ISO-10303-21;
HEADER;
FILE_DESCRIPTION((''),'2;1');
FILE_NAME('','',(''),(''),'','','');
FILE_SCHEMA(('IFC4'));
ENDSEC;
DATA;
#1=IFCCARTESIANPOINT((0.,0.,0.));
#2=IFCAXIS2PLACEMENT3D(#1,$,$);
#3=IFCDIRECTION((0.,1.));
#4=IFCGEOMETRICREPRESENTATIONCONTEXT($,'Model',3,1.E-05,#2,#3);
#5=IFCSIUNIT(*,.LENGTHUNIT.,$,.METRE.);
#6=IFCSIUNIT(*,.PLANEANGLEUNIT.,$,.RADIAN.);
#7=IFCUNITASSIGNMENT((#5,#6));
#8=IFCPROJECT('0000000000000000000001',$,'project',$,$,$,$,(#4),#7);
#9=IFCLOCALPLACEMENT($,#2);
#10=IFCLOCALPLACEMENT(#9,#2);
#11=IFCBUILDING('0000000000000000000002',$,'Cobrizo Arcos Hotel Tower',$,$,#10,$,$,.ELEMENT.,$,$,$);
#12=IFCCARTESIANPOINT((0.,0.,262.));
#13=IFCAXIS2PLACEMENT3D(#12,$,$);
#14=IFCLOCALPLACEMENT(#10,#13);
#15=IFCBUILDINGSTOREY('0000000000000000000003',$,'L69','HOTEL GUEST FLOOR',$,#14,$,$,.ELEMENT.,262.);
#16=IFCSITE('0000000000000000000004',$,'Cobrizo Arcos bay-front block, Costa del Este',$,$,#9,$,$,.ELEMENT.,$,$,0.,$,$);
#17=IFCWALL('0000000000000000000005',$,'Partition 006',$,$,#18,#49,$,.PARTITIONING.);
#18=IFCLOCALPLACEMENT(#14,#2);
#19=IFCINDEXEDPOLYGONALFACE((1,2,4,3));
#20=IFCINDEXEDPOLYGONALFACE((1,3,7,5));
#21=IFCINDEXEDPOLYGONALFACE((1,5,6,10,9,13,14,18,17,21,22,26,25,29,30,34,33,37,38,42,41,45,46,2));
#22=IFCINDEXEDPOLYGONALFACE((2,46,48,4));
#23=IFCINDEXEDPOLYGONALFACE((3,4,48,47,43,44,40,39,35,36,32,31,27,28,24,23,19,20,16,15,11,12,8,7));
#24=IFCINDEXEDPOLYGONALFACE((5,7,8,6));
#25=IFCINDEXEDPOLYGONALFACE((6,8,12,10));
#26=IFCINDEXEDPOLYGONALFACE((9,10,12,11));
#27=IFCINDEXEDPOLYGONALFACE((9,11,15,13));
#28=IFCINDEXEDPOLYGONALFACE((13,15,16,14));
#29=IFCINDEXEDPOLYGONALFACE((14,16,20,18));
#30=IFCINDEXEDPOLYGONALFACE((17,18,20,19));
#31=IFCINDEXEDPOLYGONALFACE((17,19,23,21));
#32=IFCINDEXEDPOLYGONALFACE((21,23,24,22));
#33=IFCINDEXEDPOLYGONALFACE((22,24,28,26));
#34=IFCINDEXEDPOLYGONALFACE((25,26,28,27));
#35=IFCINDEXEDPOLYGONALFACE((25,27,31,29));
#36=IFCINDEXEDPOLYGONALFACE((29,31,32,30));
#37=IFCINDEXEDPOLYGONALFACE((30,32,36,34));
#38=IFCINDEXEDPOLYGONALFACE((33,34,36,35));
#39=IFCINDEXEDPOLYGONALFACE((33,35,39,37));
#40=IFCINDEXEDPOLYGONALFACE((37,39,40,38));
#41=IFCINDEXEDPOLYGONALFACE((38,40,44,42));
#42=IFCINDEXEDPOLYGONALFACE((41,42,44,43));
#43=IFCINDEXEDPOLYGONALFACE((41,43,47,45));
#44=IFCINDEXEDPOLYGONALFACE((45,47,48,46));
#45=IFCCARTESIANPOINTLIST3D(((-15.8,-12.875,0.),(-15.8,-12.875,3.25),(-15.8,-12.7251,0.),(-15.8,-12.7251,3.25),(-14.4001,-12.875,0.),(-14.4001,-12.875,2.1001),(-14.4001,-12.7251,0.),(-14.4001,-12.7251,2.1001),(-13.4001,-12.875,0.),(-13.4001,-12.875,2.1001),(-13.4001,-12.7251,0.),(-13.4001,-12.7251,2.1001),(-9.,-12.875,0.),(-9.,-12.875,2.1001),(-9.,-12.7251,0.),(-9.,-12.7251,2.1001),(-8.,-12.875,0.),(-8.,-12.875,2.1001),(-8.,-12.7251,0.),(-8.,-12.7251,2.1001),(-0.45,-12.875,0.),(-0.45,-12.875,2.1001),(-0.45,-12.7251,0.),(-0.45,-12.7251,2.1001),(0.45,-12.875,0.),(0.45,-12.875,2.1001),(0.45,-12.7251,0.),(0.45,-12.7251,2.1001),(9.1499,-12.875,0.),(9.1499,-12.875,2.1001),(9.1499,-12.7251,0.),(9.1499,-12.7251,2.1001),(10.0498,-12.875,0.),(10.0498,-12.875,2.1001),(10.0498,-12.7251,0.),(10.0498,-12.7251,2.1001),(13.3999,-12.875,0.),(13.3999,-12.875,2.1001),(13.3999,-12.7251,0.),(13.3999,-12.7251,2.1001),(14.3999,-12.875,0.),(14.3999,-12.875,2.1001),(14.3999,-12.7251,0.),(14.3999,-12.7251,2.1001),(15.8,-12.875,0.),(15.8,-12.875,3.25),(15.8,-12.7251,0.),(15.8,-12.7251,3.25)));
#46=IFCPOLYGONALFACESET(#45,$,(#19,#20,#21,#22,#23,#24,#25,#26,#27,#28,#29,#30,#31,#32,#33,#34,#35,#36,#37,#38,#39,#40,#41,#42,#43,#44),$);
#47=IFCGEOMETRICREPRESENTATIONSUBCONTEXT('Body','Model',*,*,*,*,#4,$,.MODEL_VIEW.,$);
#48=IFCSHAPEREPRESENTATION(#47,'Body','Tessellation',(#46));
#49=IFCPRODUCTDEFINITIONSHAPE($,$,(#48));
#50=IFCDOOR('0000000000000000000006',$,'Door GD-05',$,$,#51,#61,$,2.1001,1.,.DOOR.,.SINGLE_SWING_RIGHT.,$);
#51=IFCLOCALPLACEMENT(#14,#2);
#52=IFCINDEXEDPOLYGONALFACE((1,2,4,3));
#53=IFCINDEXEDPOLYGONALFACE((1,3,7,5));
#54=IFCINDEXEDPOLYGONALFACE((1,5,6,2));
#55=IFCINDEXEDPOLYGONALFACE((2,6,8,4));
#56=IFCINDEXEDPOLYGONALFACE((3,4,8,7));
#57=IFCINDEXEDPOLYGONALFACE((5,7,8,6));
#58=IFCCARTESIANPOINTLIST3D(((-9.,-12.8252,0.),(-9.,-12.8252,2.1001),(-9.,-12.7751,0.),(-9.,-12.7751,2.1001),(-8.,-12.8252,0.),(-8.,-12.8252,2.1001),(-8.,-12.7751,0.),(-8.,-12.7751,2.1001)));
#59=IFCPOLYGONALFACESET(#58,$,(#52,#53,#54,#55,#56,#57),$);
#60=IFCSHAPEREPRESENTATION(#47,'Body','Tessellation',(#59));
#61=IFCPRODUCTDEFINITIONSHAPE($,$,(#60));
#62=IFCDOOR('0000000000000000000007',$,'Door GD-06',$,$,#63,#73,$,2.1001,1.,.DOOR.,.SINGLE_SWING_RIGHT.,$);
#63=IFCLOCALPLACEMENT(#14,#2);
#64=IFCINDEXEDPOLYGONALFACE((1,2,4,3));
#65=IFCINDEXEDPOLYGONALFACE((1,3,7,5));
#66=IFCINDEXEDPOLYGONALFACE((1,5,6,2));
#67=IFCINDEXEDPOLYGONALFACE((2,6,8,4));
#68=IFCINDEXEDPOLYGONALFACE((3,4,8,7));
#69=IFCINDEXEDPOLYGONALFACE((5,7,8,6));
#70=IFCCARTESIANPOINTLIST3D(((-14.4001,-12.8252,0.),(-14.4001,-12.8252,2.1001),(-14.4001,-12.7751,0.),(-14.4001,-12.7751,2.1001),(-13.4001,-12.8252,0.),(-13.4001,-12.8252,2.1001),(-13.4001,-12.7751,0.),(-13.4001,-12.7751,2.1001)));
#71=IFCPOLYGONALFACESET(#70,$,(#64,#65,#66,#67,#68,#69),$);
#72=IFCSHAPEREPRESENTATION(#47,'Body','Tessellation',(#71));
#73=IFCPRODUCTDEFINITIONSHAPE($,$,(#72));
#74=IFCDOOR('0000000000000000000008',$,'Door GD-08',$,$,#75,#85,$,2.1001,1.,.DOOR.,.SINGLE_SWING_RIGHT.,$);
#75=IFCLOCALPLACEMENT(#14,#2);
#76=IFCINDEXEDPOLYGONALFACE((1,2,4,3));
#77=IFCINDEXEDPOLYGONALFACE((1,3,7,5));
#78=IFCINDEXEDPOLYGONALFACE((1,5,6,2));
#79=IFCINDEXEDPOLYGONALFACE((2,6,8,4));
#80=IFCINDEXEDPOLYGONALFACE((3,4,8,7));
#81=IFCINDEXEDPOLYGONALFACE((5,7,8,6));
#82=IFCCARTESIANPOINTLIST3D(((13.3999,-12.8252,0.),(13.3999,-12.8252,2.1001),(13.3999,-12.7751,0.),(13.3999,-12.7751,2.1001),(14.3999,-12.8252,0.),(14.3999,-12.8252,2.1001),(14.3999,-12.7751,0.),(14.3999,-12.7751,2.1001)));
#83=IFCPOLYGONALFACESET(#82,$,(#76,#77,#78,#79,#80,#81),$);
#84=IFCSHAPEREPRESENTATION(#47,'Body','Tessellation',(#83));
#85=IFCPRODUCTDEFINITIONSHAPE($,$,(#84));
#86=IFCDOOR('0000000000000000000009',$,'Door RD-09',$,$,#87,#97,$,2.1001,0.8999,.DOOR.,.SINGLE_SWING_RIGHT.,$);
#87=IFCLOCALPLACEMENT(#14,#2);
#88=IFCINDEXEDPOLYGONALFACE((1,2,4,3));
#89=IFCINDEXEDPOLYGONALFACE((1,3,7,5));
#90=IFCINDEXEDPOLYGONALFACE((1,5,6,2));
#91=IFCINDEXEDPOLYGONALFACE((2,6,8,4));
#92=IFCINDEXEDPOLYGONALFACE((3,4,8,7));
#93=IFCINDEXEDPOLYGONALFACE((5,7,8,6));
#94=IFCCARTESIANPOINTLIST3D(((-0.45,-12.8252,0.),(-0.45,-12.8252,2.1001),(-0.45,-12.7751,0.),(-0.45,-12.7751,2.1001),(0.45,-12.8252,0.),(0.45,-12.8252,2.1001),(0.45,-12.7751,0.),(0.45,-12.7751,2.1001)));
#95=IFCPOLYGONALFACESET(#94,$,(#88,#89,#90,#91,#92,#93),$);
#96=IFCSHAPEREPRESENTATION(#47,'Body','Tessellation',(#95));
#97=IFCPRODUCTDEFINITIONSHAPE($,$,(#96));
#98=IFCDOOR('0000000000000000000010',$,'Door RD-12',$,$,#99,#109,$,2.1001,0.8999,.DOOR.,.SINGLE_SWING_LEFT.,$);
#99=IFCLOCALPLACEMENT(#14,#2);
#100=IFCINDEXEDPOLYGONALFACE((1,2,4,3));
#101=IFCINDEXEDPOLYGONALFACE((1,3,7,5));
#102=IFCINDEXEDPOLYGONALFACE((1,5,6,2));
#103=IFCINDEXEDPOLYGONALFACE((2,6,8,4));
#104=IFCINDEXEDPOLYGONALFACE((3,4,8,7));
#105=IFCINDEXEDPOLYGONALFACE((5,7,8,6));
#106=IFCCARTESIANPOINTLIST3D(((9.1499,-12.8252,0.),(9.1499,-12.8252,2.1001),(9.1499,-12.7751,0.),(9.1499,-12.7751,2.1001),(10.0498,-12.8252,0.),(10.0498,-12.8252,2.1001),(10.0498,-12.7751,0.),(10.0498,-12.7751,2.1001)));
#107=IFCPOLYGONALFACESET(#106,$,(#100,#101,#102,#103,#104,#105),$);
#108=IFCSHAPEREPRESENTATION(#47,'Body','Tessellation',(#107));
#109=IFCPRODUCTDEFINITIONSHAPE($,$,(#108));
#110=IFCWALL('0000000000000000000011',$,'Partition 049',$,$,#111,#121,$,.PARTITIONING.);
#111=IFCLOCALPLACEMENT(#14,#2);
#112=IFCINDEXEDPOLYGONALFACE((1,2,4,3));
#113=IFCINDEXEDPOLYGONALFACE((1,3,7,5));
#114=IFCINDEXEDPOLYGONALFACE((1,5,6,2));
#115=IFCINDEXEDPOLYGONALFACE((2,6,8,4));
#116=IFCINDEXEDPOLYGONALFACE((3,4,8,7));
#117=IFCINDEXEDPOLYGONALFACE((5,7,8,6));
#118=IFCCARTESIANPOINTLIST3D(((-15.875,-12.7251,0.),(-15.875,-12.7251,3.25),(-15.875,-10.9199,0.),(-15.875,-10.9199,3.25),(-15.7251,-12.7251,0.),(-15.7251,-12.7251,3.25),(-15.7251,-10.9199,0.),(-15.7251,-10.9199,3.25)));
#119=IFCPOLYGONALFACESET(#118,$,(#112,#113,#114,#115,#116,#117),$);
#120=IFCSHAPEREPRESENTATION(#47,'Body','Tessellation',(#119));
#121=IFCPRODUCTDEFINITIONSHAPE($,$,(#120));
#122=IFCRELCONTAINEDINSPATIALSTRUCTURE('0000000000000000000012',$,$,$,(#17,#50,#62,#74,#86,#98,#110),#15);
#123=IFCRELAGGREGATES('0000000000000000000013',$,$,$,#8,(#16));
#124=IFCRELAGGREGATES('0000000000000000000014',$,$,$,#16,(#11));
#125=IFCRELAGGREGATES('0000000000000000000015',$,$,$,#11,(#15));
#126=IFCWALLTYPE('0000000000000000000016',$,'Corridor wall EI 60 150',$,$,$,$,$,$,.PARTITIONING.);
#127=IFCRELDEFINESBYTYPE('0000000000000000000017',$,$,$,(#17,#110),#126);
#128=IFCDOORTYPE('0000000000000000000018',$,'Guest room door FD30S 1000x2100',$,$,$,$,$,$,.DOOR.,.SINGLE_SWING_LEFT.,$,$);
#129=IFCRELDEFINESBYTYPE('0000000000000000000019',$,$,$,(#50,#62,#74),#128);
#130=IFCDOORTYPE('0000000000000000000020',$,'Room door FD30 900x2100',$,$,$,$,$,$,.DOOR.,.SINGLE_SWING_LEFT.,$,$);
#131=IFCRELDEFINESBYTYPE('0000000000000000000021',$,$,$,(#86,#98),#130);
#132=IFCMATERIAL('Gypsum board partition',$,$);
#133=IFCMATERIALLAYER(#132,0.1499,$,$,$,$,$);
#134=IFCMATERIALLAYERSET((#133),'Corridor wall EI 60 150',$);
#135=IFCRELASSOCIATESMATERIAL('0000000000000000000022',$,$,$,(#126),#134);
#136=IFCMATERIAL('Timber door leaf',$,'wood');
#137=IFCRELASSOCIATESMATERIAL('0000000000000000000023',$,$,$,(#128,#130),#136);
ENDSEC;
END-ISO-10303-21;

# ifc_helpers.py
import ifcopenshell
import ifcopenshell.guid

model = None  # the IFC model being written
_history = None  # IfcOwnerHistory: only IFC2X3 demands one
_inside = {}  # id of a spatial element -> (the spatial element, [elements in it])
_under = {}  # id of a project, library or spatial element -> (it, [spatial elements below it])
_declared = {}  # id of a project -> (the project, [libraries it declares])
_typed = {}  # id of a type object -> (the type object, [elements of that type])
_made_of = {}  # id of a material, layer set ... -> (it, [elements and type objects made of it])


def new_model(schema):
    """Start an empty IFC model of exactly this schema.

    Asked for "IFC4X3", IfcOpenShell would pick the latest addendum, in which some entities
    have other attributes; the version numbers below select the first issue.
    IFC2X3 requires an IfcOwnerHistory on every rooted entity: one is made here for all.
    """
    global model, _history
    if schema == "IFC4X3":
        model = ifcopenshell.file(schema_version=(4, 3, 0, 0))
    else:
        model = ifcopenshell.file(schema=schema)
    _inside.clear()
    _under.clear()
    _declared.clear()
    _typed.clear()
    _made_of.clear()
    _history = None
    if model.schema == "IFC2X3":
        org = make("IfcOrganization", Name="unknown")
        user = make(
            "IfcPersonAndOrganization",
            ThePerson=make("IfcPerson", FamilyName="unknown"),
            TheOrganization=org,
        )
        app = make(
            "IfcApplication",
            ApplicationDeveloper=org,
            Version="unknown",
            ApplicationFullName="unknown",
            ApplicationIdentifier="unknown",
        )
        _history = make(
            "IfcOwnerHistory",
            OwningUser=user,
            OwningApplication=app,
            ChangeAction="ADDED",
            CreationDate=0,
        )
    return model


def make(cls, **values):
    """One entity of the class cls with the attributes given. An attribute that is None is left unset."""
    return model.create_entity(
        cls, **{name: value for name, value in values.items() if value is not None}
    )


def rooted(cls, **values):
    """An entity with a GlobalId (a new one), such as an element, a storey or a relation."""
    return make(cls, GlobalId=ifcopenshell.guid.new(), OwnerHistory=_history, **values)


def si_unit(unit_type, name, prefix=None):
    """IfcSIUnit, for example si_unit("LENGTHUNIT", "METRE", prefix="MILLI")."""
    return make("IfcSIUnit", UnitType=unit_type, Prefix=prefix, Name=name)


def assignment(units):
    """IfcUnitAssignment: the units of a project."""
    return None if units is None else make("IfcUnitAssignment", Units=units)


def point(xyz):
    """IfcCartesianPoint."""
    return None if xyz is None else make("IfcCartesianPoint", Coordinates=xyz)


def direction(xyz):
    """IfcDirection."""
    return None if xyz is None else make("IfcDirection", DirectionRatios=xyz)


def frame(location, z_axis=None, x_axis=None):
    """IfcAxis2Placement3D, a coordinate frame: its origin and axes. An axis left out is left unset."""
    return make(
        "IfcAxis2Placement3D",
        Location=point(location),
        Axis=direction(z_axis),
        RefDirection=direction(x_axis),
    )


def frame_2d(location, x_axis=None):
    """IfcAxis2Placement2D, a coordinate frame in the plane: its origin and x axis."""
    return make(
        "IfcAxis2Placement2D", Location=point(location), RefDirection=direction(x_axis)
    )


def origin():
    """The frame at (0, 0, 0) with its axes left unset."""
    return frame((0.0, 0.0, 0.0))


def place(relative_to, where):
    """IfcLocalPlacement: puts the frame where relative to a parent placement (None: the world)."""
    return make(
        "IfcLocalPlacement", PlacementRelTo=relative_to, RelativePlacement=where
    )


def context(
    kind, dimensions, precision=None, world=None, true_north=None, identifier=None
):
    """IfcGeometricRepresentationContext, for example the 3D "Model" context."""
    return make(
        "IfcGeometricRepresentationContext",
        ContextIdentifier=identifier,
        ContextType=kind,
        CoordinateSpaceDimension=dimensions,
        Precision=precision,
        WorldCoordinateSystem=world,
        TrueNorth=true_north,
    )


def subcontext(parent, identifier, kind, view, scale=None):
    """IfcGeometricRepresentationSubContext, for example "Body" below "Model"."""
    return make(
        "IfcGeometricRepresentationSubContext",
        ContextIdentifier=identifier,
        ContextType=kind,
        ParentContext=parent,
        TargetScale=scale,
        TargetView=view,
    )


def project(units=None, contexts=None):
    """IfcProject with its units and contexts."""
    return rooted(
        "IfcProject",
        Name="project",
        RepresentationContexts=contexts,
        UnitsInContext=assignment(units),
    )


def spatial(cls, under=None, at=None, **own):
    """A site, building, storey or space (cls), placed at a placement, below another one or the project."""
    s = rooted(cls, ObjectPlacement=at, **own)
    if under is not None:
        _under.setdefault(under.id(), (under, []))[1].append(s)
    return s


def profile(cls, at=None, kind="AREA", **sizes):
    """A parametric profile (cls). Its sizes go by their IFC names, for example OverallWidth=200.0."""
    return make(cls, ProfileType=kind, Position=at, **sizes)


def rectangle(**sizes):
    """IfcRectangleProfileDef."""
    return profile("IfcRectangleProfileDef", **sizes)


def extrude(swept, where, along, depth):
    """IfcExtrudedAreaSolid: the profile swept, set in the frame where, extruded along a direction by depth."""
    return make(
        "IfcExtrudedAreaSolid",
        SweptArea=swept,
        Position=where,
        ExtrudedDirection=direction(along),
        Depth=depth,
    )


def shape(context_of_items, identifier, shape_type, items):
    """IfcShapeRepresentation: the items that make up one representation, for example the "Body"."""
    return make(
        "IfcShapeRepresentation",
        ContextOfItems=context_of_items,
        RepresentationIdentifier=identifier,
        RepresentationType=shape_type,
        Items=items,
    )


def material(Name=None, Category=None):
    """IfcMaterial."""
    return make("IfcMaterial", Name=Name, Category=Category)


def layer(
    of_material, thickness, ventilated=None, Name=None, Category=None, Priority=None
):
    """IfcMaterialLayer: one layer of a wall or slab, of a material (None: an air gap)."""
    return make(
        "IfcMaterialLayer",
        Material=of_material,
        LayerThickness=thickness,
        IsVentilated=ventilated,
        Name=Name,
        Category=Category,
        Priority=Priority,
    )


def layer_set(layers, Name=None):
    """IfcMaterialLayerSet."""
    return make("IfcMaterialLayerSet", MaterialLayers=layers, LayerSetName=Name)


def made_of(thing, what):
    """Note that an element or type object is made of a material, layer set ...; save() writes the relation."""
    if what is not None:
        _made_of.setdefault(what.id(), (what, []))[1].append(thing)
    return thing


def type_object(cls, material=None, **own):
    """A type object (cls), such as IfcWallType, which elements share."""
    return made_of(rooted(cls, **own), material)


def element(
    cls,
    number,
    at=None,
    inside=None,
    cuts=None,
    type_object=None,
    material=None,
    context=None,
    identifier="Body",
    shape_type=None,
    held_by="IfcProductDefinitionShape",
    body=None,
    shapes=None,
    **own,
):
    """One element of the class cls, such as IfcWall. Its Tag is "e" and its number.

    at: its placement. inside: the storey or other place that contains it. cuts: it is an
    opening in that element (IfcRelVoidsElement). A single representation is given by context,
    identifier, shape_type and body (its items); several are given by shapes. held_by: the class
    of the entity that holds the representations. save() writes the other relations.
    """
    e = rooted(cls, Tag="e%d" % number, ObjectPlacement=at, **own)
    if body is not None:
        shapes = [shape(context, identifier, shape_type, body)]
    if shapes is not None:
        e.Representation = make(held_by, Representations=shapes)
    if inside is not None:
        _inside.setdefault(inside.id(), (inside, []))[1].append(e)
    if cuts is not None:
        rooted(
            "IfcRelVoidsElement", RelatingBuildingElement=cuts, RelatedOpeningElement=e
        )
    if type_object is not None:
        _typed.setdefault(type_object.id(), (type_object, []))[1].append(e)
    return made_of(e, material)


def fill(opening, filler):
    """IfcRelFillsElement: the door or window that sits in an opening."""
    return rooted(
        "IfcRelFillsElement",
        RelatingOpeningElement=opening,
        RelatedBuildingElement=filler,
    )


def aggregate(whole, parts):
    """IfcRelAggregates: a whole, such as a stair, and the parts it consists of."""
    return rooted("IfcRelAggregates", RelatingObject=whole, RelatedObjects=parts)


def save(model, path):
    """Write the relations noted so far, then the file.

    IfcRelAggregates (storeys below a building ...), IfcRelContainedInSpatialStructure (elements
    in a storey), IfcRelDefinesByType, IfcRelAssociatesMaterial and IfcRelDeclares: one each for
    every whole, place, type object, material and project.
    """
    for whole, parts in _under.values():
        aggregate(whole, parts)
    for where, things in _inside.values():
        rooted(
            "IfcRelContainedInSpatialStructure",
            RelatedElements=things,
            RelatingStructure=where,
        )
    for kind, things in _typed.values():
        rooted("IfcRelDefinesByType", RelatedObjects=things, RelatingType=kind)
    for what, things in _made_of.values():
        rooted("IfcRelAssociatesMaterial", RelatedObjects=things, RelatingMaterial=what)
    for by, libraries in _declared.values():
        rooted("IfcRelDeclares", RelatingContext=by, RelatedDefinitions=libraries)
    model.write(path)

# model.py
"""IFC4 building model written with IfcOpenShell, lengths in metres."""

from ifc_helpers import new_model, si_unit, direction, frame, frame_2d, origin, place, context, subcontext, project, spatial, rectangle, extrude, material, layer, layer_set, type_object, element, fill, save


model = new_model("IFC4")

# Units and contexts
model_context = context("Model", 3, precision=1e-05, world=origin(), true_north=direction((0.0, 1.0)))
body_context = subcontext(model_context, "Body", "Model", "MODEL_VIEW")
ifc_project = project(units=[si_unit("LENGTHUNIT", "METRE"), si_unit("PLANEANGLEUNIT", "RADIAN")], contexts=[model_context])

# Site, building, storey
site_placement = place(None, origin())
site = spatial("IfcSite", under=ifc_project, at=site_placement, Name="Cobrizo Arcos bay-front block, Costa del Este", CompositionType="ELEMENT", RefElevation=0.0)
building_placement = place(site_placement, origin())
building = spatial("IfcBuilding", under=site, at=building_placement, Name="Cobrizo Arcos Hotel Tower", CompositionType="ELEMENT")
storey_placement = place(building_placement, frame((0.0, 0.0, 262.0)))
storey = spatial("IfcBuildingStorey", under=building, at=storey_placement, Name="L69", Description="HOTEL GUEST FLOOR", CompositionType="ELEMENT", Elevation=262.0)

# Wall, openings, doors
ifc_material_1 = material(Name="Gypsum board partition")
ifc_layer_1 = layer(ifc_material_1, 0.1499)
ifc_layer_set_1 = layer_set([ifc_layer_1], Name="Corridor wall EI 60 150")
wall_type_1 = type_object("IfcWallType", Name="Corridor wall EI 60 150", PredefinedType="PARTITIONING", material=ifc_layer_set_1)
wall_1_placement = place(storey_placement, frame((-15.8, -12.8, 0.0), z_axis=(0.0, 0.0, 1.0), x_axis=(1.0, 0.0, 0.0)))
wall_1 = element("IfcWall", 1, at=wall_1_placement, inside=storey, type_object=wall_type_1, Name="Partition 006", PredefinedType="PARTITIONING", context=body_context, shape_type="SweptSolid", body=[
    extrude(rectangle(XDim=31.6001, YDim=0.1499, at=frame_2d((15.8, 0.0))), origin(), (0.0, 0.0, 1.0), 3.25),
])
opening_1_placement = place(wall_1_placement, frame((6.8, 0.0, 0.0)))
opening_1 = element("IfcOpeningElement", 2, at=opening_1_placement, cuts=wall_1, PredefinedType="OPENING", context=body_context, shape_type="SweptSolid", body=[
    extrude(rectangle(XDim=1.0, YDim=2.1001, at=frame_2d((0.5, 1.05))), frame((0.0, 0.0869, 0.0), z_axis=(0.0, -1.0, 0.0), x_axis=(1.0, 0.0, 0.0)), (0.0, 0.0, 1.0), 0.1738),
])
opening_2_placement = place(wall_1_placement, frame((15.3501, 0.0, 0.0)))
opening_2 = element("IfcOpeningElement", 3, at=opening_2_placement, cuts=wall_1, PredefinedType="OPENING", context=body_context, shape_type="SweptSolid", body=[
    extrude(rectangle(XDim=0.8999, YDim=2.1001, at=frame_2d((0.45, 1.05))), frame((0.0, 0.0869, 0.0), z_axis=(0.0, -1.0, 0.0), x_axis=(1.0, 0.0, 0.0)), (0.0, 0.0, 1.0), 0.1738),
])
opening_3_placement = place(wall_1_placement, frame((24.95, 0.0, 0.0)))
opening_3 = element("IfcOpeningElement", 4, at=opening_3_placement, cuts=wall_1, PredefinedType="OPENING", context=body_context, shape_type="SweptSolid", body=[
    extrude(rectangle(XDim=0.8999, YDim=2.1001, at=frame_2d((0.45, 1.05))), frame((0.0, 0.0869, 0.0), z_axis=(0.0, -1.0, 0.0), x_axis=(1.0, 0.0, 0.0)), (0.0, 0.0, 1.0), 0.1738),
])
opening_4_placement = place(wall_1_placement, frame((1.3999, 0.0, 0.0)))
opening_4 = element("IfcOpeningElement", 5, at=opening_4_placement, cuts=wall_1, PredefinedType="OPENING", context=body_context, shape_type="SweptSolid", body=[
    extrude(rectangle(XDim=1.0, YDim=2.1001, at=frame_2d((0.5, 1.05))), frame((0.0, 0.0869, 0.0), z_axis=(0.0, -1.0, 0.0), x_axis=(1.0, 0.0, 0.0)), (0.0, 0.0, 1.0), 0.1738),
])
opening_5_placement = place(wall_1_placement, frame((29.2, 0.0, 0.0)))
opening_5 = element("IfcOpeningElement", 6, at=opening_5_placement, cuts=wall_1, PredefinedType="OPENING", context=body_context, shape_type="SweptSolid", body=[
    extrude(rectangle(XDim=1.0, YDim=2.1001, at=frame_2d((0.5, 1.05))), frame((0.0, 0.0869, 0.0), z_axis=(0.0, -1.0, 0.0), x_axis=(1.0, 0.0, 0.0)), (0.0, 0.0, 1.0), 0.1738),
])
ifc_material_2 = material(Name="Timber door leaf", Category="wood")
door_type_1 = type_object("IfcDoorType", Name="Guest room door FD30S 1000x2100", OperationType="SINGLE_SWING_LEFT", PredefinedType="DOOR", material=ifc_material_2)
door_1_placement = place(opening_1_placement, origin())
door_1 = element("IfcDoor", 7, at=door_1_placement, inside=storey, type_object=door_type_1, Name="Door GD-05", OperationType="SINGLE_SWING_RIGHT", OverallHeight=2.1001, OverallWidth=1.0, PredefinedType="DOOR", context=body_context, shape_type="SweptSolid", body=[
    extrude(rectangle(XDim=1.0, YDim=2.1001, at=frame_2d((0.5, 1.05))), frame((0.0, 0.0249, 0.0), z_axis=(0.0, -1.0, 0.0), x_axis=(1.0, 0.0, 0.0)), (0.0, 0.0, 1.0), 0.05),
])
fill(opening_1, door_1)
door_2_placement = place(opening_4_placement, origin())
door_2 = element("IfcDoor", 8, at=door_2_placement, inside=storey, type_object=door_type_1, Name="Door GD-06", OperationType="SINGLE_SWING_RIGHT", OverallHeight=2.1001, OverallWidth=1.0, PredefinedType="DOOR", context=body_context, shape_type="SweptSolid", body=[
    extrude(rectangle(XDim=1.0, YDim=2.1001, at=frame_2d((0.5, 1.05))), frame((0.0, 0.0249, 0.0), z_axis=(0.0, -1.0, 0.0), x_axis=(1.0, 0.0, 0.0)), (0.0, 0.0, 1.0), 0.05),
])
fill(opening_4, door_2)
door_3_placement = place(opening_5_placement, origin())
door_3 = element("IfcDoor", 9, at=door_3_placement, inside=storey, type_object=door_type_1, Name="Door GD-08", OperationType="SINGLE_SWING_RIGHT", OverallHeight=2.1001, OverallWidth=1.0, PredefinedType="DOOR", context=body_context, shape_type="SweptSolid", body=[
    extrude(rectangle(XDim=1.0, YDim=2.1001, at=frame_2d((0.5, 1.05))), frame((0.0, 0.0249, 0.0), z_axis=(0.0, -1.0, 0.0), x_axis=(1.0, 0.0, 0.0)), (0.0, 0.0, 1.0), 0.05),
])
fill(opening_5, door_3)
door_type_2 = type_object("IfcDoorType", Name="Room door FD30 900x2100", OperationType="SINGLE_SWING_LEFT", PredefinedType="DOOR", material=ifc_material_2)
door_4_placement = place(opening_2_placement, origin())
door_4 = element("IfcDoor", 10, at=door_4_placement, inside=storey, type_object=door_type_2, Name="Door RD-09", OperationType="SINGLE_SWING_RIGHT", OverallHeight=2.1001, OverallWidth=0.8999, PredefinedType="DOOR", context=body_context, shape_type="SweptSolid", body=[
    extrude(rectangle(XDim=0.8999, YDim=2.1001, at=frame_2d((0.45, 1.05))), frame((0.0, 0.0249, 0.0), z_axis=(0.0, -1.0, 0.0), x_axis=(1.0, 0.0, 0.0)), (0.0, 0.0, 1.0), 0.05),
])
fill(opening_2, door_4)
door_5_placement = place(opening_3_placement, origin())
door_5 = element("IfcDoor", 11, at=door_5_placement, inside=storey, type_object=door_type_2, Name="Door RD-12", OperationType="SINGLE_SWING_LEFT", OverallHeight=2.1001, OverallWidth=0.8999, PredefinedType="DOOR", context=body_context, shape_type="SweptSolid", body=[
    extrude(rectangle(XDim=0.8999, YDim=2.1001, at=frame_2d((0.45, 1.05))), frame((0.0, 0.0249, 0.0), z_axis=(0.0, -1.0, 0.0), x_axis=(1.0, 0.0, 0.0)), (0.0, 0.0, 1.0), 0.05),
])
fill(opening_3, door_5)

# Wall
wall_2_placement = place(storey_placement, frame((-15.8, -12.7251, 0.0), z_axis=(0.0, 0.0, 1.0), x_axis=(0.0, 1.0, 0.0)))
element("IfcWall", 12, at=wall_2_placement, inside=storey, type_object=wall_type_1, Name="Partition 049", PredefinedType="PARTITIONING", context=body_context, shape_type="SweptSolid", body=[
    extrude(rectangle(XDim=1.8052, YDim=0.1499, at=frame_2d((0.9026, 0.0))), origin(), (0.0, 0.0, 1.0), 3.25),
])

save(model, "model.ifc")
